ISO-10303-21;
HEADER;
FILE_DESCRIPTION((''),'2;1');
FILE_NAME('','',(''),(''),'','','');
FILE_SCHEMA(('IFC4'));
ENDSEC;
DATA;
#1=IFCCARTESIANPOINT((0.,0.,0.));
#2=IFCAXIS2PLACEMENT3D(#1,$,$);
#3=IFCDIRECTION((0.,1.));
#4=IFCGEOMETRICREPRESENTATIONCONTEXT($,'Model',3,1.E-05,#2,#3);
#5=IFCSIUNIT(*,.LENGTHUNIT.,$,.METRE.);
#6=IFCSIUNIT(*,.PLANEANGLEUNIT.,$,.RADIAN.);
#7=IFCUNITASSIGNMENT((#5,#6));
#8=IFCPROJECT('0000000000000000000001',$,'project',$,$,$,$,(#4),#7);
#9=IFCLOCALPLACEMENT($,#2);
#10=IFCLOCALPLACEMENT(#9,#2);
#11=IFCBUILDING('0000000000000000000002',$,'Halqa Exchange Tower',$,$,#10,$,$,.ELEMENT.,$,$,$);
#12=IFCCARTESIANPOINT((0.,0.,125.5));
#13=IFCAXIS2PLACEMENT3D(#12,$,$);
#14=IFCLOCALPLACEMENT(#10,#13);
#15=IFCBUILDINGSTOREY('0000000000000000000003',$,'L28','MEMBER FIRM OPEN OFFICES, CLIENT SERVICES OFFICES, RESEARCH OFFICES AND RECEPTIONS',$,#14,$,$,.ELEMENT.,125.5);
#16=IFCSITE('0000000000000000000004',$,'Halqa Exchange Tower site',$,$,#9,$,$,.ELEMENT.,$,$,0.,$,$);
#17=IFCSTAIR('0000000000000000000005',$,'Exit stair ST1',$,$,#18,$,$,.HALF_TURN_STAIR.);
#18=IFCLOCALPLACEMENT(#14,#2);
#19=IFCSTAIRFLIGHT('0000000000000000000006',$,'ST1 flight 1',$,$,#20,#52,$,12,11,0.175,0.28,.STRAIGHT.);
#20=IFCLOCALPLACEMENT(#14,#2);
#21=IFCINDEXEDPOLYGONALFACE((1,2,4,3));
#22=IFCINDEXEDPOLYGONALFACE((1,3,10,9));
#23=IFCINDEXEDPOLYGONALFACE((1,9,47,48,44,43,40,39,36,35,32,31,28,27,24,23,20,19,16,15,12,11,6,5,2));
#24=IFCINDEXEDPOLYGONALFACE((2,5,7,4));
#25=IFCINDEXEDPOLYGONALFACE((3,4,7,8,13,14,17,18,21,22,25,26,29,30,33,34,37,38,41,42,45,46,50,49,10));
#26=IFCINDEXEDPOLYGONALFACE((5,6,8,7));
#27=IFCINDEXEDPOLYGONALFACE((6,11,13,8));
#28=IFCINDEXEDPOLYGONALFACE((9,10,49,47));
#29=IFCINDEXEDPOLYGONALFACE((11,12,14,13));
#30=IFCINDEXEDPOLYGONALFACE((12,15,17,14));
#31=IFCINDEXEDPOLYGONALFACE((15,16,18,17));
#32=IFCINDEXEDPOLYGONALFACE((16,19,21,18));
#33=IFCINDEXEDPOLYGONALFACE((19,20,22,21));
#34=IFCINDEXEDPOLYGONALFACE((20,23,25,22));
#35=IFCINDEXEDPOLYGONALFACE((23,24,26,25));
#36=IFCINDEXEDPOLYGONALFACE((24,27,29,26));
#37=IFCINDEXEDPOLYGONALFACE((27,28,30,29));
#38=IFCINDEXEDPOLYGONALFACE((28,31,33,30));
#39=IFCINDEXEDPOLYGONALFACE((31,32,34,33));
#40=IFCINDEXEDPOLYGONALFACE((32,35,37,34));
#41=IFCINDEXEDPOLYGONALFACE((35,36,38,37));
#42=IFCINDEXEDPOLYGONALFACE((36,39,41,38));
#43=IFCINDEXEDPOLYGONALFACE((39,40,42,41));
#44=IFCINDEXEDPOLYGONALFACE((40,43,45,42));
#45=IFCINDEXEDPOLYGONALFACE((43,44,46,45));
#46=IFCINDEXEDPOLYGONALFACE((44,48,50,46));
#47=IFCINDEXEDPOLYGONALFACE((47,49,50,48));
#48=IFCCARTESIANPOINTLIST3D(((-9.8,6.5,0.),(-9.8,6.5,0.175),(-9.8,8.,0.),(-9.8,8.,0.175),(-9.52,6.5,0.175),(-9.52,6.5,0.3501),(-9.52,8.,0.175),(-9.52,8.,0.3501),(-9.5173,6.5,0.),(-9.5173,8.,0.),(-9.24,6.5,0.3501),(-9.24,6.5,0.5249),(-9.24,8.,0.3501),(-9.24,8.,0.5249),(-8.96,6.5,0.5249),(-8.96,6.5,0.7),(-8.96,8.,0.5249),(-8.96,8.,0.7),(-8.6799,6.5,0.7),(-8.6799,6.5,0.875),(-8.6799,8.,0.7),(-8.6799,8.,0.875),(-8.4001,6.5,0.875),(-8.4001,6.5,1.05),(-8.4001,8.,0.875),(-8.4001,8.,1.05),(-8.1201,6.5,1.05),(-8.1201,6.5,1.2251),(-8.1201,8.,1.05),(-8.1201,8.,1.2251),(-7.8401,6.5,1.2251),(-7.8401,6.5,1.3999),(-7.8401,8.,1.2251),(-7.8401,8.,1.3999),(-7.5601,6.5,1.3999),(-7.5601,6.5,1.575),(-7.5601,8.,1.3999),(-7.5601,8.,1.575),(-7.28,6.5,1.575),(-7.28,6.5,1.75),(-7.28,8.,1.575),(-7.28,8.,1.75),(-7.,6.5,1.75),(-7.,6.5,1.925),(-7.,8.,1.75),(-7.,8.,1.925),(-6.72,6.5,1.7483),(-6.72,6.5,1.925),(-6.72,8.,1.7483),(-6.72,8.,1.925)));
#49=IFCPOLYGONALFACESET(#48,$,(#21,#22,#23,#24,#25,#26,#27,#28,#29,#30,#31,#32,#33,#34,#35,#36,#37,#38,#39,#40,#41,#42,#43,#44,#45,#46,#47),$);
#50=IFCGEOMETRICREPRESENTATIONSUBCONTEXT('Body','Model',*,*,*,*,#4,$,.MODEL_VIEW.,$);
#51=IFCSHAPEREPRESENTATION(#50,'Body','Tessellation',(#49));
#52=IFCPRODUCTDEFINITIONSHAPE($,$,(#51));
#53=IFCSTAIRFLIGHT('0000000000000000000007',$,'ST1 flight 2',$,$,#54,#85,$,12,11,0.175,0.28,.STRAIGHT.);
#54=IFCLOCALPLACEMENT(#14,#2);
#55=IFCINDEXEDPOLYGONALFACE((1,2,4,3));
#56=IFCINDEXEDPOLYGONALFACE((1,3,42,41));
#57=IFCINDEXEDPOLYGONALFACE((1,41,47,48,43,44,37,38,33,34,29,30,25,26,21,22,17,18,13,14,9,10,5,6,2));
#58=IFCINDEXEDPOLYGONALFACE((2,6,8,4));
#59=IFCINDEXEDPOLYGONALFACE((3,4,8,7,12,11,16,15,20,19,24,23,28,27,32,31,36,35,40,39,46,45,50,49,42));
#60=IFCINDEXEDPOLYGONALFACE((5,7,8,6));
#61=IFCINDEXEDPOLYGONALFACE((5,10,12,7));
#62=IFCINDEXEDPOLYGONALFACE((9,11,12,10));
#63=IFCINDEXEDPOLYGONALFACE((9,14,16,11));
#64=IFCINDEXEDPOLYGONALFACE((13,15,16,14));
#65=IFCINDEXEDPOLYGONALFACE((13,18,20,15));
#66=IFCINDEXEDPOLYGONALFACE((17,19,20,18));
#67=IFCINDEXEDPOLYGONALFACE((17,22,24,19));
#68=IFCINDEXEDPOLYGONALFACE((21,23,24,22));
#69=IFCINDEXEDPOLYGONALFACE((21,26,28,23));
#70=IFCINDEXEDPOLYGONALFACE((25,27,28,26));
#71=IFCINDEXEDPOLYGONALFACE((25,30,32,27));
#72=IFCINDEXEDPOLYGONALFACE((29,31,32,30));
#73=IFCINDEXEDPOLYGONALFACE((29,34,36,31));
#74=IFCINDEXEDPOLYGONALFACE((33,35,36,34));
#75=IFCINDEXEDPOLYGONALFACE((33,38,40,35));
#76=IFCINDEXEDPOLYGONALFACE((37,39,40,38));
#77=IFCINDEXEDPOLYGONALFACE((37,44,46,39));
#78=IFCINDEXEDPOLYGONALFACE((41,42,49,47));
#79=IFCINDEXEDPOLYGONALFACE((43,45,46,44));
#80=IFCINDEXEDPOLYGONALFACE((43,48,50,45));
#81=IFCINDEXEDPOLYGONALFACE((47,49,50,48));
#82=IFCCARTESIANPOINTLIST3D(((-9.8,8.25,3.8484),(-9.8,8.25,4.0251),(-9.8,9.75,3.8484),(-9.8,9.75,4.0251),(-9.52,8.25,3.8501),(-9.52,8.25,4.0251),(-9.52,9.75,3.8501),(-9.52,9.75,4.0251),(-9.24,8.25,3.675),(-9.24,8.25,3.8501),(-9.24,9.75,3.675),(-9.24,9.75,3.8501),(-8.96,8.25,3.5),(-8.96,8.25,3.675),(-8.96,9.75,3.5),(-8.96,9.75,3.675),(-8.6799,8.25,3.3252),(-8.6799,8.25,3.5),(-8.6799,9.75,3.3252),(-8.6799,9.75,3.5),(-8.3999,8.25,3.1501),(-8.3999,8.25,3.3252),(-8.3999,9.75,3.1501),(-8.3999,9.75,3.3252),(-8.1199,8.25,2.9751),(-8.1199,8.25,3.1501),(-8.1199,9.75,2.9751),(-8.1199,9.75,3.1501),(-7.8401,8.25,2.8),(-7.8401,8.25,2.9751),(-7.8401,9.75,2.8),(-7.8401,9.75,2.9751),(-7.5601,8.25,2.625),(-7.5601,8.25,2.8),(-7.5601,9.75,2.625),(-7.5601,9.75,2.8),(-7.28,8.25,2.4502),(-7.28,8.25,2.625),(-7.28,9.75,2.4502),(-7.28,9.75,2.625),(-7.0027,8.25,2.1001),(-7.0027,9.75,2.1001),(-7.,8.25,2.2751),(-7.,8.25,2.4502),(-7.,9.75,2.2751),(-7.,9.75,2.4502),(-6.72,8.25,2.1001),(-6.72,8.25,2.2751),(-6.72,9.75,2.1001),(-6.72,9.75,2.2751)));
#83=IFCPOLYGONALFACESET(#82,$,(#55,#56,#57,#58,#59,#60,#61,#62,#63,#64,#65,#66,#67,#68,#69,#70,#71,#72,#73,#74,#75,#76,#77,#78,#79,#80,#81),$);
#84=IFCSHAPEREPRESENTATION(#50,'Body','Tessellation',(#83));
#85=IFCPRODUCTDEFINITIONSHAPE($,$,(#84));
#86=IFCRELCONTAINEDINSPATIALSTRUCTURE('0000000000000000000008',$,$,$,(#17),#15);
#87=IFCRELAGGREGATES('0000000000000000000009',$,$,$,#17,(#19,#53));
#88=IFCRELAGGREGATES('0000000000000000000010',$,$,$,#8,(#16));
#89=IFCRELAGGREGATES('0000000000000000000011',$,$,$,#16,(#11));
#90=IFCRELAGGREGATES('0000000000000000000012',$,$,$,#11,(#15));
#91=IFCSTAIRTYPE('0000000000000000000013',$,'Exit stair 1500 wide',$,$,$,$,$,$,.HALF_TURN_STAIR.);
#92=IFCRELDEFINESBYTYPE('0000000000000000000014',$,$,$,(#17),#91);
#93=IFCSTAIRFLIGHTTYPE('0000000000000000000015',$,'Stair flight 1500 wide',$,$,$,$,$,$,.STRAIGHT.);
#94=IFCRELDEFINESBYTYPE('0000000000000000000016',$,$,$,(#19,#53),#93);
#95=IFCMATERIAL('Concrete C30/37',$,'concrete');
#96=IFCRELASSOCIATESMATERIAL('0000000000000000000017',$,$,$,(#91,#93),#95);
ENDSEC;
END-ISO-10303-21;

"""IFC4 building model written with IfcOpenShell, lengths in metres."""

from ifc_helpers import new_model, si_unit, direction, frame, origin, place, context, subcontext, project, spatial, polyline, outline, extrude, material, type_object, element, aggregate, save


model = new_model("IFC4")

# Units and contexts
model_context = context("Model", 3, precision=1e-05, world=origin(), true_north=direction((0.0, 1.0)))
body_context = subcontext(model_context, "Body", "Model", "MODEL_VIEW")
ifc_project = project(units=[si_unit("LENGTHUNIT", "METRE"), si_unit("PLANEANGLEUNIT", "RADIAN")], contexts=[model_context])

# Site, building, storey
site_placement = place(None, origin())
site = spatial("IfcSite", under=ifc_project, at=site_placement, Name="Halqa Exchange Tower site", CompositionType="ELEMENT", RefElevation=0.0)
building_placement = place(site_placement, origin())
building = spatial("IfcBuilding", under=site, at=building_placement, Name="Halqa Exchange Tower", CompositionType="ELEMENT")
storey_placement = place(building_placement, frame((0.0, 0.0, 125.5)))
storey = spatial("IfcBuildingStorey", under=building, at=storey_placement, Name="L28", Description="MEMBER FIRM OPEN OFFICES, CLIENT SERVICES OFFICES, RESEARCH OFFICES AND RECEPTIONS", CompositionType="ELEMENT", Elevation=125.5)

# Shared definitions
ifc_material_1 = material(Name="Concrete C30/37", Category="concrete")

# Stair, stair flights
stair_type = type_object("IfcStairType", Name="Exit stair 1500 wide", PredefinedType="HALF_TURN_STAIR", material=ifc_material_1)
stair_placement = place(storey_placement, origin())
stair = element("IfcStair", 1, at=stair_placement, inside=storey, type_object=stair_type, Name="Exit stair ST1", PredefinedType="HALF_TURN_STAIR")
stair_flight_type = type_object("IfcStairFlightType", Name="Stair flight 1500 wide", PredefinedType="STRAIGHT", material=ifc_material_1)
stair_flight_1_placement = place(storey_placement, frame((-9.8, 7.25, 0.0), z_axis=(0.0, 0.0, 1.0), x_axis=(1.0, 0.0, 0.0)))
stair_flight_1 = element("IfcStairFlight", 2, at=stair_flight_1_placement, type_object=stair_flight_type, Name="ST1 flight 1", NumberOfRisers=12, NumberOfTreads=11, PredefinedType="STRAIGHT", RiserHeight=0.175, TreadLength=0.28, context=body_context, shape_type="SweptSolid", body=[
    extrude(outline(polyline([(0.0, 0.0), (0.0, 0.175), (0.28, 0.175), (0.28, 0.3501), (0.5601, 0.3501), (0.5601, 0.5249), (0.8401, 0.5249), (0.8401, 0.7), (1.1201, 0.7), (1.1201, 0.875), (1.3999, 0.875), (1.3999, 1.05), (1.6799, 1.05), (1.6799, 1.2251), (1.96, 1.2251), (1.96, 1.3999), (2.24, 1.3999), (2.24, 1.575), (2.52, 1.575), (2.52, 1.75), (2.8, 1.75), (2.8, 1.925), (3.0801, 1.925), (3.0801, 2.1001), (3.0801, 1.7483), (0.2827, 0.0), (0.0, 0.0)])), frame((0.0, 0.75, 0.0), z_axis=(0.0, -1.0, 0.0), x_axis=(1.0, 0.0, 0.0)), (0.0, 0.0, 1.0), 1.5),
])
stair_flight_2_placement = place(storey_placement, frame((-6.72, 9.0, 2.1001), z_axis=(0.0, 0.0, 1.0), x_axis=(-1.0, 0.0, 0.0)))
stair_flight_2 = element("IfcStairFlight", 3, at=stair_flight_2_placement, type_object=stair_flight_type, Name="ST1 flight 2", NumberOfRisers=12, NumberOfTreads=11, PredefinedType="STRAIGHT", RiserHeight=0.175, TreadLength=0.28, context=body_context, shape_type="SweptSolid", body=[
    extrude(outline(polyline([(0.0, 0.0), (0.0, 0.175), (0.28, 0.175), (0.28, 0.3501), (0.5601, 0.3501), (0.5601, 0.5249), (0.8401, 0.5249), (0.8401, 0.7), (1.1201, 0.7), (1.1201, 0.875), (1.3999, 0.875), (1.3999, 1.05), (1.6799, 1.05), (1.6799, 1.2251), (1.96, 1.2251), (1.96, 1.3999), (2.24, 1.3999), (2.24, 1.575), (2.52, 1.575), (2.52, 1.75), (2.8, 1.75), (2.8, 1.925), (3.0801, 1.925), (3.0801, 2.1001), (3.0801, 1.7483), (0.2827, 0.0), (0.0, 0.0)])), frame((0.0, 0.75, 0.0), z_axis=(0.0, -1.0, 0.0), x_axis=(1.0, 0.0, 0.0)), (0.0, 0.0, 1.0), 1.5),
])
aggregate(stair, [stair_flight_1, stair_flight_2])

save(model, "model.ifc")
